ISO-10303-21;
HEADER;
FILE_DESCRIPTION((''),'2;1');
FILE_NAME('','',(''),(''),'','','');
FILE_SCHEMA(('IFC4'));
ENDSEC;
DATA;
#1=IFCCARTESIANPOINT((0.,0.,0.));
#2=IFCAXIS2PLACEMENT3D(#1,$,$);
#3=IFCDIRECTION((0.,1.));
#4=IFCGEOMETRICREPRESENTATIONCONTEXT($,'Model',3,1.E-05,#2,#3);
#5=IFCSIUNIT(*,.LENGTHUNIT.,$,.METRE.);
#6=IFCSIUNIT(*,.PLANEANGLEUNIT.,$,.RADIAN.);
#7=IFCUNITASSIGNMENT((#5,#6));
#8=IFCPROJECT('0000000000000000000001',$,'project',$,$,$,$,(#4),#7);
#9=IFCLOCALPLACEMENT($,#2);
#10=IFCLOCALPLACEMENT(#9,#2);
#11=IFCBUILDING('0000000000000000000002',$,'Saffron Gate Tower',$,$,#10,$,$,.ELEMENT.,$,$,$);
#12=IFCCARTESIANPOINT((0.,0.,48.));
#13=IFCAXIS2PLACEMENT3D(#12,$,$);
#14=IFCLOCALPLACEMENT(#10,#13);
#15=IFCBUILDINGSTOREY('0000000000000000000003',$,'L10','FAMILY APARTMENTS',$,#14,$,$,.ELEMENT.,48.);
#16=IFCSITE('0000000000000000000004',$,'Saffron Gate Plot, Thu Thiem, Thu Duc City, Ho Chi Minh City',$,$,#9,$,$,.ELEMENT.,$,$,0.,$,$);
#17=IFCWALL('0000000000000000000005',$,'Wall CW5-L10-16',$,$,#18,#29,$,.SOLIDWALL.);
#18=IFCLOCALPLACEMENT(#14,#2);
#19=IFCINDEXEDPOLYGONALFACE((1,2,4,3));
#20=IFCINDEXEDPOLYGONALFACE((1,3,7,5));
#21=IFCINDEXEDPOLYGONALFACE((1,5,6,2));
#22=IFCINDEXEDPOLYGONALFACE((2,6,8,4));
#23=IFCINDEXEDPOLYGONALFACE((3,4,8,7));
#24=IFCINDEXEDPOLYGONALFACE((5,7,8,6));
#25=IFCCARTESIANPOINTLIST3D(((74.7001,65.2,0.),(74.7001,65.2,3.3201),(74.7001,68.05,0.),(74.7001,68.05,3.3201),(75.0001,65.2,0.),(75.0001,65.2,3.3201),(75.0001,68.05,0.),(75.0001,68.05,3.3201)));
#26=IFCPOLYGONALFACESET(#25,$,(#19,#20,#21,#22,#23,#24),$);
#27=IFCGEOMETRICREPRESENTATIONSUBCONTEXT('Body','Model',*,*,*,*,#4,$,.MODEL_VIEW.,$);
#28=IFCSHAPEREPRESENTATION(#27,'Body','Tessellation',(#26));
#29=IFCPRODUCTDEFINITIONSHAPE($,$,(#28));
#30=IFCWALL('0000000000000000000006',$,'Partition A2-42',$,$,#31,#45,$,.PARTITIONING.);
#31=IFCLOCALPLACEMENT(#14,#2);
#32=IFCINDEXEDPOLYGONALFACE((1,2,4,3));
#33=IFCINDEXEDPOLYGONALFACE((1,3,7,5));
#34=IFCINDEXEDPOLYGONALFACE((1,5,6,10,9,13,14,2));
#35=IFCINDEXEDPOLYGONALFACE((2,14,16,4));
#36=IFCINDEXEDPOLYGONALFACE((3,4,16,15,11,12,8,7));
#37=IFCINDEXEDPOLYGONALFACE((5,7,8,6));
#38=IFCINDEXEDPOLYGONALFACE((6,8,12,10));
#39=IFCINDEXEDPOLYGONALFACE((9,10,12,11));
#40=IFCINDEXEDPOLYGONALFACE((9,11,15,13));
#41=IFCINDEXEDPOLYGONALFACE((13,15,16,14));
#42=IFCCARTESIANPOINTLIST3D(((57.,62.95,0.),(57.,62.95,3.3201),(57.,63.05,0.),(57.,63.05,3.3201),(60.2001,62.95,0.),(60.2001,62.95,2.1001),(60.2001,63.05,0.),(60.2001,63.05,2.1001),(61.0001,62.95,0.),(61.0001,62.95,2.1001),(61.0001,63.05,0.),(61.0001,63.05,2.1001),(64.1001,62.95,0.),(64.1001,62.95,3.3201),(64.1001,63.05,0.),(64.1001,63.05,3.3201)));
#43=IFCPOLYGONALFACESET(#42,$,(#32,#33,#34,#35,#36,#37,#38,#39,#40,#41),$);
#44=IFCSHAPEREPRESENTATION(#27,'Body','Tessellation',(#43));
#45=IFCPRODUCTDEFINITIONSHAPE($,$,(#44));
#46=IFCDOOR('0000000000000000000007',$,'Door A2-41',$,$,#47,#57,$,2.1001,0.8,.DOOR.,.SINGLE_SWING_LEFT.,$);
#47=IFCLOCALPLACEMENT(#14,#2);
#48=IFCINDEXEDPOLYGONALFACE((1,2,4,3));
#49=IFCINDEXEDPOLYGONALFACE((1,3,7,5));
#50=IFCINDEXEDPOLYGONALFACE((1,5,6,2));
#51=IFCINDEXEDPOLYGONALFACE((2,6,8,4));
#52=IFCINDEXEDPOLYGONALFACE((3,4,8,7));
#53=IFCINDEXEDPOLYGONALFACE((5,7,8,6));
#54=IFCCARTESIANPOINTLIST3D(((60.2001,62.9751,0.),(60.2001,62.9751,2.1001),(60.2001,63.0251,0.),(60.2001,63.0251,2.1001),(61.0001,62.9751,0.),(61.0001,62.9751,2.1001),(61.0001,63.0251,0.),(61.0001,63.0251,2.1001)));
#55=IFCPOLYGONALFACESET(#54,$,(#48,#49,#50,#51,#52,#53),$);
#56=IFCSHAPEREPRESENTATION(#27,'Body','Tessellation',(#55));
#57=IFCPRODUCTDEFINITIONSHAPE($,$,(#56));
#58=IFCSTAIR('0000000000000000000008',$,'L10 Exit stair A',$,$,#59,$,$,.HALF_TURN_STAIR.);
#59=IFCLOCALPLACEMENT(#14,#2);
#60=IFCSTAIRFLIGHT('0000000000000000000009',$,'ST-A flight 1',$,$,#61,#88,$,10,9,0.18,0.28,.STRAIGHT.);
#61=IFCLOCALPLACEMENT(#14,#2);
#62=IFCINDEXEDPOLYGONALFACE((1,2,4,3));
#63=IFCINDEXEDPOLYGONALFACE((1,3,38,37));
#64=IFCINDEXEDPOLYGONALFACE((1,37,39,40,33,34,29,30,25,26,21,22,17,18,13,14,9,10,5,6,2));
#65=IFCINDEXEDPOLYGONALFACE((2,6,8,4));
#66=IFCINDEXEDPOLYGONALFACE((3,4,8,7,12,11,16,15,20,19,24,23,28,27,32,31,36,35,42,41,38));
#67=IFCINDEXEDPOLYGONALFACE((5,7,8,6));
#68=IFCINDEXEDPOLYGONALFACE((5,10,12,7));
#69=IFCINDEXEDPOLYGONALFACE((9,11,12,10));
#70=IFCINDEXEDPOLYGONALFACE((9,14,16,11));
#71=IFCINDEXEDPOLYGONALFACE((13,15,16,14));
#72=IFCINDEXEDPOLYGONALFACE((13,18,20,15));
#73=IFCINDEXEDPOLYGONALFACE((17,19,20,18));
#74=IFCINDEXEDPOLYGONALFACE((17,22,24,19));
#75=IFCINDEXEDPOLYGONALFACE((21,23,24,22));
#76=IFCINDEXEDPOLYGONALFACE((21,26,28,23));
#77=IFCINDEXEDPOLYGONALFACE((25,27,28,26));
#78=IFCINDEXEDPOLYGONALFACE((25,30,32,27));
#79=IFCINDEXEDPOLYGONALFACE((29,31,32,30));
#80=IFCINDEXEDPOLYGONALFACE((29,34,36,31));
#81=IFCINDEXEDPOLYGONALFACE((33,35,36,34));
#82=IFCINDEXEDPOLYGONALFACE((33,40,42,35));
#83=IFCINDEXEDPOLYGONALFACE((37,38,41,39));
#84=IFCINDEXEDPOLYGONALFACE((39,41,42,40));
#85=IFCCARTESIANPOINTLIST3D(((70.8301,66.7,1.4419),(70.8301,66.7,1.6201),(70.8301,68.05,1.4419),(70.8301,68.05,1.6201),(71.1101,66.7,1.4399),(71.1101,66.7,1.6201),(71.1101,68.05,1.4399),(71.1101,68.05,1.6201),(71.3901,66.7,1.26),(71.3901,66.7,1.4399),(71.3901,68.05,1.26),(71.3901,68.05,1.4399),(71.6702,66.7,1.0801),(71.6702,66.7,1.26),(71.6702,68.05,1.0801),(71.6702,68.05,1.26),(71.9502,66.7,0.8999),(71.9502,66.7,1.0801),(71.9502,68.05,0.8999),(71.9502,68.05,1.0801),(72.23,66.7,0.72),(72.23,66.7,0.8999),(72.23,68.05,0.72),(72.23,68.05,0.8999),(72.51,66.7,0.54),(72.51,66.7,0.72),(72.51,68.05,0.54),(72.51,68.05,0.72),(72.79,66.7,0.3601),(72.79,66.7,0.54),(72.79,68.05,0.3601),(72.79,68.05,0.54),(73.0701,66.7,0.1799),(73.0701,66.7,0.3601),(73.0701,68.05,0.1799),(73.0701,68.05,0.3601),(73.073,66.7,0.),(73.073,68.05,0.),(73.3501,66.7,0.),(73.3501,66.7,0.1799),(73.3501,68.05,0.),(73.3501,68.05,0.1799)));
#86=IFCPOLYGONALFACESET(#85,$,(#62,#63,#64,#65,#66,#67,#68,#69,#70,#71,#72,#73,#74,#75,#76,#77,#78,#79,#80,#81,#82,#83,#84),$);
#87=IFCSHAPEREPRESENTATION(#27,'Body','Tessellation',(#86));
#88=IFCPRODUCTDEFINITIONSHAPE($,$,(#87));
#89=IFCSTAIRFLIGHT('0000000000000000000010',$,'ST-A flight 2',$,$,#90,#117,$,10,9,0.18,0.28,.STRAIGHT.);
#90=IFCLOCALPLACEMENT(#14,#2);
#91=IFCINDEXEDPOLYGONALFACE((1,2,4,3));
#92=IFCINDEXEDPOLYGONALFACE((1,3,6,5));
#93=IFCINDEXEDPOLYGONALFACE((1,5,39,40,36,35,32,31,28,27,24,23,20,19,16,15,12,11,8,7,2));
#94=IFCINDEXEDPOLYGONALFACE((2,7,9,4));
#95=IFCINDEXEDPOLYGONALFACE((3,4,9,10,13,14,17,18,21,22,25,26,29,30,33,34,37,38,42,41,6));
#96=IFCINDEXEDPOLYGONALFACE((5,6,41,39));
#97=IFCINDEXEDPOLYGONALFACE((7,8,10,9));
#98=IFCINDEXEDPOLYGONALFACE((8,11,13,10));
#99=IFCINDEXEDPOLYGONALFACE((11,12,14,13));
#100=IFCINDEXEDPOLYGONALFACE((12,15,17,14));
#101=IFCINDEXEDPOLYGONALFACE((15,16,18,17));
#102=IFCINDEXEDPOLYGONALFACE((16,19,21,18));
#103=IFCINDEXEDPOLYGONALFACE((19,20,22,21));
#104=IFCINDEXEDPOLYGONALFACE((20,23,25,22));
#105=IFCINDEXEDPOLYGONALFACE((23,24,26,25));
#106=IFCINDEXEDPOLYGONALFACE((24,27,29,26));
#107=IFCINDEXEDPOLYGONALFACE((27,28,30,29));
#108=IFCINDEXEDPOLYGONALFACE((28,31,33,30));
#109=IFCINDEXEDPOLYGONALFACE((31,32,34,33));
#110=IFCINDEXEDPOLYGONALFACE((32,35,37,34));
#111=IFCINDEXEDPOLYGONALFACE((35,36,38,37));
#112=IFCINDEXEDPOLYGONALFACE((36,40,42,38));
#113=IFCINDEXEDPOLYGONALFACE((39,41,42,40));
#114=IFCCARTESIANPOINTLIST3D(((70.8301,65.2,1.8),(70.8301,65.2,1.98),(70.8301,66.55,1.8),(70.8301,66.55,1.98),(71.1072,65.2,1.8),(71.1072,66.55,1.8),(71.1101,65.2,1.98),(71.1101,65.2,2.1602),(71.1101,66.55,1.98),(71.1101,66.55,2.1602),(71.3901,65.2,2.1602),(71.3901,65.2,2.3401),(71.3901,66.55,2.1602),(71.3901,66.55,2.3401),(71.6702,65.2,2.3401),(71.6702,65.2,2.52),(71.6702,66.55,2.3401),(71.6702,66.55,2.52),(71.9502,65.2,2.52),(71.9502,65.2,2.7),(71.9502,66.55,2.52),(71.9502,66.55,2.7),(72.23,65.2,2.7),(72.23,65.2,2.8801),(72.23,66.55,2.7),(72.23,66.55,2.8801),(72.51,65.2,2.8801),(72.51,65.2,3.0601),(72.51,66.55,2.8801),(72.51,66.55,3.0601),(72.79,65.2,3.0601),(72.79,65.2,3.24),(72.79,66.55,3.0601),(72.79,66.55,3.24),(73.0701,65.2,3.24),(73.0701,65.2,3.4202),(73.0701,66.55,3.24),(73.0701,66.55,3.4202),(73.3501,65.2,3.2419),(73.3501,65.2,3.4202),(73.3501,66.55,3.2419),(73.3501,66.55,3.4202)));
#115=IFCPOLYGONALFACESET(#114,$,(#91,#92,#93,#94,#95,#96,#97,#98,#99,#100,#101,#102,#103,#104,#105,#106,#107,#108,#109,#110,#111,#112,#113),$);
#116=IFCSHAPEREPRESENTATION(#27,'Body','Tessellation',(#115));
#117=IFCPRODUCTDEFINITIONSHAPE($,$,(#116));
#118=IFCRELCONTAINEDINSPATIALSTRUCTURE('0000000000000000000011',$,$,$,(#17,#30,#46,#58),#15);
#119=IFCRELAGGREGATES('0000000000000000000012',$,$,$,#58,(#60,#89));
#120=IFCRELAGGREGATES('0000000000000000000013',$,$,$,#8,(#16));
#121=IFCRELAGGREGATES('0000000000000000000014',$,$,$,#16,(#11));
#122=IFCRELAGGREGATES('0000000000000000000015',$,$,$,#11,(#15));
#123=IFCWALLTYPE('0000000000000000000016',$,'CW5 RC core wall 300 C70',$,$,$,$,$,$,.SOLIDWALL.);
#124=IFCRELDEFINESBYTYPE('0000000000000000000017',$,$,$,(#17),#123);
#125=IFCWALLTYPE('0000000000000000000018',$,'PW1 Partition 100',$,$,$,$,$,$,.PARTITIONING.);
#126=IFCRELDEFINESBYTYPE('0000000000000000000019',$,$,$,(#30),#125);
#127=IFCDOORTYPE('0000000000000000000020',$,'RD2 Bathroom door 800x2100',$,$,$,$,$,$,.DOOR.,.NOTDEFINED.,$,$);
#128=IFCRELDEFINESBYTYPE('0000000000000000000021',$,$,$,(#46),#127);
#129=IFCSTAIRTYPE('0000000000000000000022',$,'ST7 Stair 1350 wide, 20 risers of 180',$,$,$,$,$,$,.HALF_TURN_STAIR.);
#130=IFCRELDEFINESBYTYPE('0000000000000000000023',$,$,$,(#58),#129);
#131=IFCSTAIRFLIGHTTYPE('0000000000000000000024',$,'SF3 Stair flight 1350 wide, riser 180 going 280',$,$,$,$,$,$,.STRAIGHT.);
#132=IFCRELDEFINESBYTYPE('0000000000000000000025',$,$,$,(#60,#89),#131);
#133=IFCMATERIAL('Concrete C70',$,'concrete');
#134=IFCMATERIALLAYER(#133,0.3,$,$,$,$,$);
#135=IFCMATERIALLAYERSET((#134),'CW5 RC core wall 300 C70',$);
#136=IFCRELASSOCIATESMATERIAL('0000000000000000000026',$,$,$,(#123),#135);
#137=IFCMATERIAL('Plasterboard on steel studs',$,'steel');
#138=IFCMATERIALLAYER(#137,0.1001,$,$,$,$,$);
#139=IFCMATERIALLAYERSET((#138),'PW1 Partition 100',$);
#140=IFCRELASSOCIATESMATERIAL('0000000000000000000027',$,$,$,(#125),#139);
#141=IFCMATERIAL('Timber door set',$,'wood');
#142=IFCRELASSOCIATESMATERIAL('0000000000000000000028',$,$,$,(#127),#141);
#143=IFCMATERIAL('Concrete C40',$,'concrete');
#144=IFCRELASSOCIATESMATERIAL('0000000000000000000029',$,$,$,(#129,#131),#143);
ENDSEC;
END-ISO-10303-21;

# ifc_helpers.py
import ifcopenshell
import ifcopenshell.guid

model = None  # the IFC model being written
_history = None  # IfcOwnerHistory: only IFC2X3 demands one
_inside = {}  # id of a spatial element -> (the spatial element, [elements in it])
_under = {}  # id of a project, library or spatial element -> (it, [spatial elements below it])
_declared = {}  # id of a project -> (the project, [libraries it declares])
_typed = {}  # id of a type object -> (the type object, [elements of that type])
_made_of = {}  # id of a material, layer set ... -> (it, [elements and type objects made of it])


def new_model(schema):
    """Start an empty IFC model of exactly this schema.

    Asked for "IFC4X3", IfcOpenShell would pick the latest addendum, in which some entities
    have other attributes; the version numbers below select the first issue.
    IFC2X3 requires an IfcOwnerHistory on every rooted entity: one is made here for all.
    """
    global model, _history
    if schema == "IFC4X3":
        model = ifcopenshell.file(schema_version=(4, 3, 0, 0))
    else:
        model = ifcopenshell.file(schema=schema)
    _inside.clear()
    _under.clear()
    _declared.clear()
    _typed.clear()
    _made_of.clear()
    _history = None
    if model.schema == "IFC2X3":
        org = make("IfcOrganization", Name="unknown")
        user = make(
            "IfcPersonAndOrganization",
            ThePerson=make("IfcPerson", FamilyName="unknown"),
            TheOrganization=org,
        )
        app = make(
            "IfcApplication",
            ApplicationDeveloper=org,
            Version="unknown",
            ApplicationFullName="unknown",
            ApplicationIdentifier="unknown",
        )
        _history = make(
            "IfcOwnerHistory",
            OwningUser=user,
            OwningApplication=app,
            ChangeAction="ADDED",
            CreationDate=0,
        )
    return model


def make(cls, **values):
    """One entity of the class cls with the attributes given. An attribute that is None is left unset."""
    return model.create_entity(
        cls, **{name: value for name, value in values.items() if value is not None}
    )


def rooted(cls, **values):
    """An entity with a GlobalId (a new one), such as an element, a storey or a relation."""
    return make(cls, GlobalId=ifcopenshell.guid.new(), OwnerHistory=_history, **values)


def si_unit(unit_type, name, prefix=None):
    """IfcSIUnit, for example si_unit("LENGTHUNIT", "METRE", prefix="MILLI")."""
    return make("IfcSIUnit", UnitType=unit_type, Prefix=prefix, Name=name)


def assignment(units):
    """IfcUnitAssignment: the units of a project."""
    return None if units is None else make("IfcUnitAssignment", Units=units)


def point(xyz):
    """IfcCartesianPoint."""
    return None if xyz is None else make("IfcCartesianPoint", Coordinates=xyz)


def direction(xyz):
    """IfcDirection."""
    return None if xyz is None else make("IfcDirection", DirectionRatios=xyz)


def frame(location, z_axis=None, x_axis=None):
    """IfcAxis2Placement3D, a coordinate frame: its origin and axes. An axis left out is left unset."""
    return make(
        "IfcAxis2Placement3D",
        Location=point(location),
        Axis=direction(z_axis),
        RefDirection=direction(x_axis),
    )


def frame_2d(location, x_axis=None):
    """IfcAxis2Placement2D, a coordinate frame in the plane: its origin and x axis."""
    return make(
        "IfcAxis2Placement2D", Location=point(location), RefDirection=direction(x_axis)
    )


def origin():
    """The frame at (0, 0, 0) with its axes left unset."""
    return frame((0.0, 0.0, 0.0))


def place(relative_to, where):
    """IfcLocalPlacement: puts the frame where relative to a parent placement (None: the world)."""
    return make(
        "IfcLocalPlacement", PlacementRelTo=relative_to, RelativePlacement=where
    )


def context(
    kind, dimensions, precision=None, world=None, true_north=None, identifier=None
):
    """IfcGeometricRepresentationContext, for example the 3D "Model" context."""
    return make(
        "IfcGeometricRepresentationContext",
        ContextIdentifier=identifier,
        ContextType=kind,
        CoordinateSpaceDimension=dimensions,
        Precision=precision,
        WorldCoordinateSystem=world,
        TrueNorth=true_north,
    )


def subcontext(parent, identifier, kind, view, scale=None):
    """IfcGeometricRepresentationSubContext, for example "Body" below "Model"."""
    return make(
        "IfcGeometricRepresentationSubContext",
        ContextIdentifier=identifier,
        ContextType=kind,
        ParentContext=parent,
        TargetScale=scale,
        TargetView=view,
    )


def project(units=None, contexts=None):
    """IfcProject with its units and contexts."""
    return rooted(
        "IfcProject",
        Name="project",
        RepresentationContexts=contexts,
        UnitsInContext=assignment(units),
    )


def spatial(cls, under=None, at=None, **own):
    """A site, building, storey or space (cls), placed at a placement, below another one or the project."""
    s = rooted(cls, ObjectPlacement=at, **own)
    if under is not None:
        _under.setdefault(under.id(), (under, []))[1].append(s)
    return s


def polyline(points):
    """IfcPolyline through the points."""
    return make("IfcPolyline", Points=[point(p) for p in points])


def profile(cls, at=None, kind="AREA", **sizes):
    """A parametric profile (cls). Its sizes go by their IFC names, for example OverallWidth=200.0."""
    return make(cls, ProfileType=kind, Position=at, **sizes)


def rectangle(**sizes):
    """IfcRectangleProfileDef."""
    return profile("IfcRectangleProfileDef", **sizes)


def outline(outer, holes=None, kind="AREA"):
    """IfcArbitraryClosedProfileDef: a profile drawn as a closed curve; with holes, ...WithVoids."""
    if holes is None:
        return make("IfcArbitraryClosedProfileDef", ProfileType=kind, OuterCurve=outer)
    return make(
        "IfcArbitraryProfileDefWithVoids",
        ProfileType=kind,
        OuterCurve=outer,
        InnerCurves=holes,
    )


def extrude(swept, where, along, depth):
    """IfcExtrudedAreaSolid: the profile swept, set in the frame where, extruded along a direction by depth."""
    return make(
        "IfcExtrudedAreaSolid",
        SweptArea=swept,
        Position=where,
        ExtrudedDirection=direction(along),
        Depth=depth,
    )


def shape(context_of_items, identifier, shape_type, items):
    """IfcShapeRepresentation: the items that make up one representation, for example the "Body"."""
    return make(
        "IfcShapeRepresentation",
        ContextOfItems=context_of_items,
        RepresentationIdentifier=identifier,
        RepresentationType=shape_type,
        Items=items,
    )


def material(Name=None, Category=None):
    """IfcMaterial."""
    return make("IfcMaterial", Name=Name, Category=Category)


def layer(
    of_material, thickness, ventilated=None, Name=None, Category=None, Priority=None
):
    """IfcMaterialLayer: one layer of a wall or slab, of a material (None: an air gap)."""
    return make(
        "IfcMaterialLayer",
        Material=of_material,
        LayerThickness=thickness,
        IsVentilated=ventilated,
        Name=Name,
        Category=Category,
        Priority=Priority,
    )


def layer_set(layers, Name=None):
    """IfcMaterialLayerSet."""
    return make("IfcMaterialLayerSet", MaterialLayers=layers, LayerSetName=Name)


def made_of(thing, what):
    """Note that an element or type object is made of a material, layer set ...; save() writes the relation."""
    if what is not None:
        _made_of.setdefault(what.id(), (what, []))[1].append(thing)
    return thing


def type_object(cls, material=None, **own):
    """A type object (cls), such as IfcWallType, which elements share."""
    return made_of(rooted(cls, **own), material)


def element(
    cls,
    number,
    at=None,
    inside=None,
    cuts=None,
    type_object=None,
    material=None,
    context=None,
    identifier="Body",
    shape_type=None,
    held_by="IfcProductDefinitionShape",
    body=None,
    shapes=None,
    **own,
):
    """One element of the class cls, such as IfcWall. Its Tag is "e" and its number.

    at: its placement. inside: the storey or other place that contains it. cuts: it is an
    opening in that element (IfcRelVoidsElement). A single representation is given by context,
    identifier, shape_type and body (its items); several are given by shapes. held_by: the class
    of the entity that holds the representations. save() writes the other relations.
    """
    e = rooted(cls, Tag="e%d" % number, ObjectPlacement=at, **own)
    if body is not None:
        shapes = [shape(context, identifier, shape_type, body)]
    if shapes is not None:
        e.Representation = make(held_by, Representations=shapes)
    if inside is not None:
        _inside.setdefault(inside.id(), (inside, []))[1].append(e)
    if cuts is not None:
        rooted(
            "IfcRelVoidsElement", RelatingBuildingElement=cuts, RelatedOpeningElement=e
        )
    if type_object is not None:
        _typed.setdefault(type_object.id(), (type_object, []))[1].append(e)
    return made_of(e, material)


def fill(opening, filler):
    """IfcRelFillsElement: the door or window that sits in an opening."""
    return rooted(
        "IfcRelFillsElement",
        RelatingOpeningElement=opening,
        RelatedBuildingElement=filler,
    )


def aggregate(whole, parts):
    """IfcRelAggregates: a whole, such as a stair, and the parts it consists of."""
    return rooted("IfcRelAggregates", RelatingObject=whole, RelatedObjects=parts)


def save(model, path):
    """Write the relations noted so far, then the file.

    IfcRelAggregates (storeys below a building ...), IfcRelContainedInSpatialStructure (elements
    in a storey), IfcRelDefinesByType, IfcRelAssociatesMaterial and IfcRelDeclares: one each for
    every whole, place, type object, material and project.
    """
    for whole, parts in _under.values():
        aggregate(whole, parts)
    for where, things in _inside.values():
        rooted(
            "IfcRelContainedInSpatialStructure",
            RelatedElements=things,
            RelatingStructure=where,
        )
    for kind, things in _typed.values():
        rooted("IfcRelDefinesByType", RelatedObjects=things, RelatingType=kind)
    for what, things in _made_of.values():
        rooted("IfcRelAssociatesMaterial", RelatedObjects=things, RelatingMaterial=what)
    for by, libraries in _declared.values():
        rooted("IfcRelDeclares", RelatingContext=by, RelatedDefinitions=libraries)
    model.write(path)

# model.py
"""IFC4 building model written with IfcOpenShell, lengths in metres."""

from ifc_helpers import new_model, si_unit, direction, frame, frame_2d, origin, place, context, subcontext, project, spatial, polyline, rectangle, outline, extrude, material, layer, layer_set, type_object, element, fill, aggregate, save


model = new_model("IFC4")

# Units and contexts
model_context = context("Model", 3, precision=1e-05, world=origin(), true_north=direction((0.0, 1.0)))
body_context = subcontext(model_context, "Body", "Model", "MODEL_VIEW")
ifc_project = project(units=[si_unit("LENGTHUNIT", "METRE"), si_unit("PLANEANGLEUNIT", "RADIAN")], contexts=[model_context])

# Site, building, storey
site_placement = place(None, origin())
site = spatial("IfcSite", under=ifc_project, at=site_placement, Name="Saffron Gate Plot, Thu Thiem, Thu Duc City, Ho Chi Minh City", CompositionType="ELEMENT", RefElevation=0.0)
building_placement = place(site_placement, origin())
building = spatial("IfcBuilding", under=site, at=building_placement, Name="Saffron Gate Tower", CompositionType="ELEMENT")
storey_placement = place(building_placement, frame((0.0, 0.0, 48.0)))
storey = spatial("IfcBuildingStorey", under=building, at=storey_placement, Name="L10", Description="FAMILY APARTMENTS", CompositionType="ELEMENT", Elevation=48.0)

# Shared definitions
ifc_material_1 = material(Name="Concrete C70", Category="concrete")

# Wall
ifc_layer_1 = layer(ifc_material_1, 0.3)
ifc_layer_set_1 = layer_set([ifc_layer_1], Name="CW5 RC core wall 300 C70")
wall_type_1 = type_object("IfcWallType", Name="CW5 RC core wall 300 C70", PredefinedType="SOLIDWALL", material=ifc_layer_set_1)
wall_1_placement = place(storey_placement, frame((74.8501, 65.2, 0.0), z_axis=(0.0, 0.0, 1.0), x_axis=(0.0, 1.0, 0.0)))
element("IfcWall", 1, at=wall_1_placement, inside=storey, type_object=wall_type_1, Name="Wall CW5-L10-16", PredefinedType="SOLIDWALL", context=body_context, shape_type="SweptSolid", body=[
    extrude(rectangle(XDim=2.8501, YDim=0.3, at=frame_2d((1.425, 0.0))), origin(), (0.0, 0.0, 1.0), 3.3201),
])

# Wall, opening, door
ifc_material_2 = material(Name="Plasterboard on steel studs", Category="steel")
ifc_layer_2 = layer(ifc_material_2, 0.1001)
ifc_layer_set_2 = layer_set([ifc_layer_2], Name="PW1 Partition 100")
wall_type_2 = type_object("IfcWallType", Name="PW1 Partition 100", PredefinedType="PARTITIONING", material=ifc_layer_set_2)
wall_2_placement = place(storey_placement, frame((64.1001, 63.0, 0.0), z_axis=(0.0, 0.0, 1.0), x_axis=(-1.0, 0.0, 0.0)))
wall_2 = element("IfcWall", 2, at=wall_2_placement, inside=storey, type_object=wall_type_2, Name="Partition A2-42", PredefinedType="PARTITIONING", context=body_context, shape_type="SweptSolid", body=[
    extrude(rectangle(XDim=7.1001, YDim=0.1001, at=frame_2d((3.55, 0.0))), origin(), (0.0, 0.0, 1.0), 3.3201),
])
opening_1_placement = place(wall_2_placement, frame((3.1001, 0.0, 0.0)))
opening_1 = element("IfcOpeningElement", 3, at=opening_1_placement, cuts=wall_2, PredefinedType="OPENING", context=body_context, shape_type="SweptSolid", body=[
    extrude(rectangle(XDim=0.8, YDim=2.1001, at=frame_2d((0.3999, 1.05))), frame((0.0, 0.0601, 0.0), z_axis=(0.0, -1.0, 0.0), x_axis=(1.0, 0.0, 0.0)), (0.0, 0.0, 1.0), 0.1201),
])
ifc_material_3 = material(Name="Timber door set", Category="wood")
door_type_1 = type_object("IfcDoorType", Name="RD2 Bathroom door 800x2100", OperationType="NOTDEFINED", PredefinedType="DOOR", material=ifc_material_3)
door_1_placement = place(opening_1_placement, origin())
door_1 = element("IfcDoor", 4, at=door_1_placement, inside=storey, type_object=door_type_1, Name="Door A2-41", OperationType="SINGLE_SWING_LEFT", OverallHeight=2.1001, OverallWidth=0.8, PredefinedType="DOOR", context=body_context, shape_type="SweptSolid", body=[
    extrude(rectangle(XDim=0.8, YDim=2.1001, at=frame_2d((0.3999, 1.05))), frame((0.0, 0.0249, 0.0), z_axis=(0.0, -1.0, 0.0), x_axis=(1.0, 0.0, 0.0)), (0.0, 0.0, 1.0), 0.05),
])
fill(opening_1, door_1)

# Stair, stair flights
ifc_material_4 = material(Name="Concrete C40", Category="concrete")
stair_type = type_object("IfcStairType", Name="ST7 Stair 1350 wide, 20 risers of 180", PredefinedType="HALF_TURN_STAIR", material=ifc_material_4)
stair_placement = place(storey_placement, origin())
stair = element("IfcStair", 5, at=stair_placement, inside=storey, type_object=stair_type, Name="L10 Exit stair A", PredefinedType="HALF_TURN_STAIR")
stair_flight_type = type_object("IfcStairFlightType", Name="SF3 Stair flight 1350 wide, riser 180 going 280", PredefinedType="STRAIGHT", material=ifc_material_4)
stair_flight_1_placement = place(storey_placement, frame((73.3501, 67.375, 0.0), z_axis=(0.0, 0.0, 1.0), x_axis=(-1.0, 0.0, 0.0)))
stair_flight_1 = element("IfcStairFlight", 6, at=stair_flight_1_placement, type_object=stair_flight_type, Name="ST-A flight 1", NumberOfRisers=10, NumberOfTreads=9, PredefinedType="STRAIGHT", RiserHeight=0.18, TreadLength=0.28, context=body_context, shape_type="SweptSolid", body=[
    extrude(outline(polyline([(0.0, 0.0), (0.0, 0.1799), (0.28, 0.1799), (0.28, 0.3601), (0.5601, 0.3601), (0.5601, 0.54), (0.8401, 0.54), (0.8401, 0.72), (1.1201, 0.72), (1.1201, 0.8999), (1.3999, 0.8999), (1.3999, 1.0801), (1.6799, 1.0801), (1.6799, 1.26), (1.96, 1.26), (1.96, 1.4399), (2.24, 1.4399), (2.24, 1.6201), (2.52, 1.6201), (2.52, 1.8), (2.52, 1.4419), (0.2771, 0.0), (0.0, 0.0)])), frame((0.0, 0.675, 0.0), z_axis=(0.0, -1.0, 0.0), x_axis=(1.0, 0.0, 0.0)), (0.0, 0.0, 1.0), 1.3501),
])
stair_flight_2_placement = place(storey_placement, frame((70.8301, 65.875, 1.8), z_axis=(0.0, 0.0, 1.0), x_axis=(1.0, 0.0, 0.0)))
stair_flight_2 = element("IfcStairFlight", 7, at=stair_flight_2_placement, type_object=stair_flight_type, Name="ST-A flight 2", NumberOfRisers=10, NumberOfTreads=9, PredefinedType="STRAIGHT", RiserHeight=0.18, TreadLength=0.28, context=body_context, shape_type="SweptSolid", body=[
    extrude(outline(polyline([(0.0, 0.0), (0.0, 0.1799), (0.28, 0.1799), (0.28, 0.3601), (0.5601, 0.3601), (0.5601, 0.54), (0.8401, 0.54), (0.8401, 0.72), (1.1201, 0.72), (1.1201, 0.8999), (1.3999, 0.8999), (1.3999, 1.0801), (1.6799, 1.0801), (1.6799, 1.26), (1.96, 1.26), (1.96, 1.4399), (2.24, 1.4399), (2.24, 1.6201), (2.52, 1.6201), (2.52, 1.8), (2.52, 1.4419), (0.2771, 0.0), (0.0, 0.0)])), frame((0.0, 0.675, 0.0), z_axis=(0.0, -1.0, 0.0), x_axis=(1.0, 0.0, 0.0)), (0.0, 0.0, 1.0), 1.3501),
])
aggregate(stair, [stair_flight_1, stair_flight_2])

save(model, "model.ifc")
